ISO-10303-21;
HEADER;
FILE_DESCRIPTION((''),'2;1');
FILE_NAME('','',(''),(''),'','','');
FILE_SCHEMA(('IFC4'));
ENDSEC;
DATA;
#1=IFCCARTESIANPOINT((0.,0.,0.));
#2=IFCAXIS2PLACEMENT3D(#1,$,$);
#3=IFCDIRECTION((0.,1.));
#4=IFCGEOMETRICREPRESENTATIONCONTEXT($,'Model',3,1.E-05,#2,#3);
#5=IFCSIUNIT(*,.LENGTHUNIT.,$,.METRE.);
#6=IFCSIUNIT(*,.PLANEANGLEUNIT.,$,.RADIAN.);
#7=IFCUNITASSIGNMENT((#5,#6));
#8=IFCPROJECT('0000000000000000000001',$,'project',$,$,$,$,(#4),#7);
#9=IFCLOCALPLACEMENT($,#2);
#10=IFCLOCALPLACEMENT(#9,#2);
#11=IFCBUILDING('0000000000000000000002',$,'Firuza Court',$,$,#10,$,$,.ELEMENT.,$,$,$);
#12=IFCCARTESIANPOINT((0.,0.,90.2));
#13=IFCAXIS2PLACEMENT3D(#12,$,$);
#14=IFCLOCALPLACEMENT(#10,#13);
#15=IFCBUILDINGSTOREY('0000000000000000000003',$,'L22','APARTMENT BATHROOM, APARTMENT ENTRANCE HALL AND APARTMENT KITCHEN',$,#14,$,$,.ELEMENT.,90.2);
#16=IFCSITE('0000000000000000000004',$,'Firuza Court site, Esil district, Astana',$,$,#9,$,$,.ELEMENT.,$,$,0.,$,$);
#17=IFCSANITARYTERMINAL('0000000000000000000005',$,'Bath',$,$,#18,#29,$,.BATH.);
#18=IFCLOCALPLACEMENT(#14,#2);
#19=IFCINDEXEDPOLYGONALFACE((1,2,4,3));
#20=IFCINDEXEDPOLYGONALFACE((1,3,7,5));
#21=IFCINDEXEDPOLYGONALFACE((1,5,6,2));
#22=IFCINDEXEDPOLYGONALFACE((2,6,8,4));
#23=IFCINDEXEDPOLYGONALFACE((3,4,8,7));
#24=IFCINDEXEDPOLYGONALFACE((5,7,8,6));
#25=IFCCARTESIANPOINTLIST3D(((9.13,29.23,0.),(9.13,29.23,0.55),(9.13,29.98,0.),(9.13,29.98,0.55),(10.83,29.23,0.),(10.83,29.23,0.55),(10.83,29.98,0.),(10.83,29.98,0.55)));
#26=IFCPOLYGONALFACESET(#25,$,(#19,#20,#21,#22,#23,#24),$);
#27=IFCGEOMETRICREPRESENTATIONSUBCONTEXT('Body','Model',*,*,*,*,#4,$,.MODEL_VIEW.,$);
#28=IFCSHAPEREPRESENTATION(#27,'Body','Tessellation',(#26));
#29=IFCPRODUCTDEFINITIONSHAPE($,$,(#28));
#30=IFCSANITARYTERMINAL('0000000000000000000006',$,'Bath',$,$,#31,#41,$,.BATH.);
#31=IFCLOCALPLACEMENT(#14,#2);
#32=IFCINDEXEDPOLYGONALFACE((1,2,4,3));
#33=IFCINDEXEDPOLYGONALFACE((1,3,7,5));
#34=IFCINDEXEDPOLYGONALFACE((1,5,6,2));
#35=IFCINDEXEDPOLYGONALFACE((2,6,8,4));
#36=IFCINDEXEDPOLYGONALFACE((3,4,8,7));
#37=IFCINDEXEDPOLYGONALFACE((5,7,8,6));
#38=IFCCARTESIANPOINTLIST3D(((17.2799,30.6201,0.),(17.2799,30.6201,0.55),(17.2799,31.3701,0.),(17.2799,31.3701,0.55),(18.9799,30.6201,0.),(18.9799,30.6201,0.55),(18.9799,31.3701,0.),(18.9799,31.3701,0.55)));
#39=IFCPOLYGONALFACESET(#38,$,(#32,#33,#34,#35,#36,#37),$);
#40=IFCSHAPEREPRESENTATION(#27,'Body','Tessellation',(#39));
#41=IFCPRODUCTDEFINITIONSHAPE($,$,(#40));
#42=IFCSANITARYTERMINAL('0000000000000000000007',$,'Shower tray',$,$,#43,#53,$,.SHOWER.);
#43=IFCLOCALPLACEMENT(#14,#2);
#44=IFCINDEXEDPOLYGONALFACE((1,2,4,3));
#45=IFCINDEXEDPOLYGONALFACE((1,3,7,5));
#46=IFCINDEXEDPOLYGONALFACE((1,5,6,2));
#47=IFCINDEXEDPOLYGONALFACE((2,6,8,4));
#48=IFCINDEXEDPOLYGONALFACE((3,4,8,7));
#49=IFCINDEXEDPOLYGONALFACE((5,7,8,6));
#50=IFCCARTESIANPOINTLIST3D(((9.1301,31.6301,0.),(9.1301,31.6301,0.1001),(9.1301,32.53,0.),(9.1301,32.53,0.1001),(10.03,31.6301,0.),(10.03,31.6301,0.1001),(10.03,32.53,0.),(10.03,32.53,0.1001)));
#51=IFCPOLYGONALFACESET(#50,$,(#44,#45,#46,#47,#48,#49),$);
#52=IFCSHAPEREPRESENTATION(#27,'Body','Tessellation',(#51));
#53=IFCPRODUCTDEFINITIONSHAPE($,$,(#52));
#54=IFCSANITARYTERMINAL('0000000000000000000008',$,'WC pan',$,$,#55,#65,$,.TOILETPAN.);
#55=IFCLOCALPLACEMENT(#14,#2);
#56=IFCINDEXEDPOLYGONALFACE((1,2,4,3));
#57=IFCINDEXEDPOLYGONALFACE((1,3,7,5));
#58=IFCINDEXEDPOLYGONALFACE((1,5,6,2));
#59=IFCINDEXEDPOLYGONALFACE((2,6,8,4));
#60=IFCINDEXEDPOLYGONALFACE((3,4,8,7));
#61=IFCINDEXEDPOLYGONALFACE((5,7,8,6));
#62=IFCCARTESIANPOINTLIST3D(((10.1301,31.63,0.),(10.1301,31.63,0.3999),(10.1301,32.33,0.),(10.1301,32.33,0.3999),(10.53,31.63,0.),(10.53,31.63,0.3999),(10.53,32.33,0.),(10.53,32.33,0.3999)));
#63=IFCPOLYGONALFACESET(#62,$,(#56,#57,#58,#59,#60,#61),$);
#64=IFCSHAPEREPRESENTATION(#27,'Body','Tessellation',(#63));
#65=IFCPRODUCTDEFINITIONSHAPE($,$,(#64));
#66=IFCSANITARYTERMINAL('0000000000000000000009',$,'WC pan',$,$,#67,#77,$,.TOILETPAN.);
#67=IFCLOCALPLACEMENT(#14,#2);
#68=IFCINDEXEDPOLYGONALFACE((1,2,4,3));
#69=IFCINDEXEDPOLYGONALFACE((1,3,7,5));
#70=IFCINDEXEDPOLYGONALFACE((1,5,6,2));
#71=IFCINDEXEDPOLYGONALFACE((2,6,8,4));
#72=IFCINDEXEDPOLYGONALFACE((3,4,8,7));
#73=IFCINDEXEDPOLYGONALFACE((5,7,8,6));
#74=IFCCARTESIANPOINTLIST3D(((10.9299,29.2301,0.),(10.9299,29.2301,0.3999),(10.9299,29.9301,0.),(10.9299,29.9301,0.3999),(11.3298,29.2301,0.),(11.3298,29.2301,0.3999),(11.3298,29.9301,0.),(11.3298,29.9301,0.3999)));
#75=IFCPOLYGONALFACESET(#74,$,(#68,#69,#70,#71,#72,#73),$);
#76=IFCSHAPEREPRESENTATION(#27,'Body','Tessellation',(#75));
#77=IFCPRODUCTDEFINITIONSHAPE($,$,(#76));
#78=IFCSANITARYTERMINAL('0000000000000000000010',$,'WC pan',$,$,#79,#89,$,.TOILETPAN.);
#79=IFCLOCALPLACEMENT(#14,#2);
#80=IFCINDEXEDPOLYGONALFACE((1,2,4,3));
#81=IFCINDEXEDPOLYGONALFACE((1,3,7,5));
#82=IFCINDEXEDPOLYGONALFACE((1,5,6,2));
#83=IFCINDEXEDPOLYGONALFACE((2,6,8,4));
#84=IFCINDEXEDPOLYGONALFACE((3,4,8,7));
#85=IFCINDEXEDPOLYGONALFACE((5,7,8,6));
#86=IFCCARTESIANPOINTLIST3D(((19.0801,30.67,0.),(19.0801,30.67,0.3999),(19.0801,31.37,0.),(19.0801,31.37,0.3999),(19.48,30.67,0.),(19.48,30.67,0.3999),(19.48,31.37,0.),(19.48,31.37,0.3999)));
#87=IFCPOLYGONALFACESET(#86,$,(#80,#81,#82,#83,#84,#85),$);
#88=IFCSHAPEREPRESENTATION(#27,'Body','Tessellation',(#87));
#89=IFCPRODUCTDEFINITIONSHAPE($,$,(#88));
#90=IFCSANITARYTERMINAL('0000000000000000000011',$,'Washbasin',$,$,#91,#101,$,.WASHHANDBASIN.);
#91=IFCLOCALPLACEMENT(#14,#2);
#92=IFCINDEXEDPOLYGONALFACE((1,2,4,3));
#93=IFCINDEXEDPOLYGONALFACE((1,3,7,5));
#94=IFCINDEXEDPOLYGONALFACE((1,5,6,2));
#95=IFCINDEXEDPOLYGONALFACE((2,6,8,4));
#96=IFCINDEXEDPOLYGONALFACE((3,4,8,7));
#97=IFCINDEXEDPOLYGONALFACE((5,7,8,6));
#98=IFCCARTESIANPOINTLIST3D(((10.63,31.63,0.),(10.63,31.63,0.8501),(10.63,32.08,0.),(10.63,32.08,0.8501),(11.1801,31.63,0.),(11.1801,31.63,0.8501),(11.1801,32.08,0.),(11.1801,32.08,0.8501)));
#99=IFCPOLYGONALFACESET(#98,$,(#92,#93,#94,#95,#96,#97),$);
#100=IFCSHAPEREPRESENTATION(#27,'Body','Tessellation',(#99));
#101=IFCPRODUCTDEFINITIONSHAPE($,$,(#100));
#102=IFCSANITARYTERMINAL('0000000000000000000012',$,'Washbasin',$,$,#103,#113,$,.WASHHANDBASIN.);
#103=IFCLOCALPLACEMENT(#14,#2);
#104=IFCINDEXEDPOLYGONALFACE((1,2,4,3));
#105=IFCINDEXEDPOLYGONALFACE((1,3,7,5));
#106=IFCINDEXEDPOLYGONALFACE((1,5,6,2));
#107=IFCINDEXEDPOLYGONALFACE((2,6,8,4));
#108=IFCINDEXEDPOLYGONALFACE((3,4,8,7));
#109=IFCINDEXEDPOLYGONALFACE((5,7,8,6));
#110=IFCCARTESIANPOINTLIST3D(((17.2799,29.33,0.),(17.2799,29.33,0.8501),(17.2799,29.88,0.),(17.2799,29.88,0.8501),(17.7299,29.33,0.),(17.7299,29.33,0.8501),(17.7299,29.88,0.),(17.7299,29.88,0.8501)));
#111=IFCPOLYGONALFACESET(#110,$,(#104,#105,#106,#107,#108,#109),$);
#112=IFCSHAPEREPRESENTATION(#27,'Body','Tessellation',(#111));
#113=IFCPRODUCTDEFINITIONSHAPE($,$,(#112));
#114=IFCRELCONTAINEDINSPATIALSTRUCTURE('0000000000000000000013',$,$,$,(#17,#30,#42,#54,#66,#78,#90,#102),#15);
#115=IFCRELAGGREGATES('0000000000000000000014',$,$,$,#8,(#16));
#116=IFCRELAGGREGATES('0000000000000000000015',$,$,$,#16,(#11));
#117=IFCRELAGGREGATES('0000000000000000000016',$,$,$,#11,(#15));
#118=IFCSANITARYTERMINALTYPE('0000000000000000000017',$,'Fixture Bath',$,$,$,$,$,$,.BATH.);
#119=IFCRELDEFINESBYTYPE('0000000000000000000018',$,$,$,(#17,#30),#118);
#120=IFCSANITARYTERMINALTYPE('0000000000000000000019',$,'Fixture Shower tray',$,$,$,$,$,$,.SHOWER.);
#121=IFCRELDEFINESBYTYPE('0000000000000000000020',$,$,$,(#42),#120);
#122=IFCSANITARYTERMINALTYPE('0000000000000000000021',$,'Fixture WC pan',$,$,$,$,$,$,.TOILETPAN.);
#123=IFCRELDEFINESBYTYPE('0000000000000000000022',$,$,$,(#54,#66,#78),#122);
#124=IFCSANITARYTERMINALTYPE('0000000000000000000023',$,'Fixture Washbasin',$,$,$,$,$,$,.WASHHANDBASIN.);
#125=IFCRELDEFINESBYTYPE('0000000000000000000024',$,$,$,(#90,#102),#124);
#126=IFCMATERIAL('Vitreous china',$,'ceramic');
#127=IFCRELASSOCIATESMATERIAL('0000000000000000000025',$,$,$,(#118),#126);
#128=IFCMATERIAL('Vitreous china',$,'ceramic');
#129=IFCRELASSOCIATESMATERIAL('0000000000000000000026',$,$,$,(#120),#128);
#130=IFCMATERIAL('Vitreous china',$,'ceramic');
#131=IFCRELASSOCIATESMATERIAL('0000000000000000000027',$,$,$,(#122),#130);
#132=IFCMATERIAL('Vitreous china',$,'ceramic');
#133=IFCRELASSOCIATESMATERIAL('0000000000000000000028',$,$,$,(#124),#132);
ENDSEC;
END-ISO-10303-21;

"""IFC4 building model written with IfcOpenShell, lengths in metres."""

from ifc_helpers import new_model, si_unit, direction, frame, origin, origin_2d, place, context, subcontext, project, spatial, rectangle, extrude, material, type_object, element, save


model = new_model("IFC4")

# Units and contexts
model_context = context("Model", 3, precision=1e-05, world=origin(), true_north=direction((0.0, 1.0)))
body_context = subcontext(model_context, "Body", "Model", "MODEL_VIEW")
ifc_project = project(units=[si_unit("LENGTHUNIT", "METRE"), si_unit("PLANEANGLEUNIT", "RADIAN")], contexts=[model_context])

# Site, building, storey
site_placement = place(None, origin())
site = spatial("IfcSite", under=ifc_project, at=site_placement, Name="Firuza Court site, Esil district, Astana", CompositionType="ELEMENT", RefElevation=0.0)
building_placement = place(site_placement, origin())
building = spatial("IfcBuilding", under=site, at=building_placement, Name="Firuza Court", CompositionType="ELEMENT")
storey_placement = place(building_placement, frame((0.0, 0.0, 90.2)))
storey = spatial("IfcBuildingStorey", under=building, at=storey_placement, Name="L22", Description="APARTMENT BATHROOM, APARTMENT ENTRANCE HALL AND APARTMENT KITCHEN", CompositionType="ELEMENT", Elevation=90.2)

# Sanitary terminals
ifc_material_1 = material(Name="Vitreous china", Category="ceramic")
sanitary_terminal_type_1 = type_object("IfcSanitaryTerminalType", Name="Fixture Bath", PredefinedType="BATH", material=ifc_material_1)
for number, where, z_axis, x_axis, name in (
    (1, (9.98, 29.605, 0.0), (0.0, 0.0, 1.0), (1.0, 0.0, 0.0), "Bath"),
    (2, (18.1299, 30.9951, 0.0), (0.0, 0.0, 1.0), (1.0, 0.0, 0.0), "Bath"),
):
    element("IfcSanitaryTerminal", number, at=place(storey_placement, frame(where, z_axis=z_axis, x_axis=x_axis)), inside=storey, type_object=sanitary_terminal_type_1, Name=name, PredefinedType="BATH", context=body_context, shape_type="SweptSolid", body=[
        extrude(rectangle(XDim=1.7, YDim=0.75, at=origin_2d()), origin(), (0.0, 0.0, 1.0), 0.55),
    ])
ifc_material_2 = material(Name="Vitreous china", Category="ceramic")
sanitary_terminal_type_2 = type_object("IfcSanitaryTerminalType", Name="Fixture Shower tray", PredefinedType="SHOWER", material=ifc_material_2)
sanitary_terminal_1_placement = place(storey_placement, frame((9.5801, 32.0801, 0.0), z_axis=(0.0, 0.0, 1.0), x_axis=(1.0, 0.0, 0.0)))
element("IfcSanitaryTerminal", 3, at=sanitary_terminal_1_placement, inside=storey, type_object=sanitary_terminal_type_2, Name="Shower tray", PredefinedType="SHOWER", context=body_context, shape_type="SweptSolid", body=[
    extrude(rectangle(XDim=0.8999, YDim=0.8999, at=origin_2d()), origin(), (0.0, 0.0, 1.0), 0.1001),
])
ifc_material_3 = material(Name="Vitreous china", Category="ceramic")
sanitary_terminal_type_3 = type_object("IfcSanitaryTerminalType", Name="Fixture WC pan", PredefinedType="TOILETPAN", material=ifc_material_3)
for number, where, z_axis, x_axis, name in (
    (4, (10.3301, 31.98, 0.0), (0.0, 0.0, 1.0), (1.0, 0.0, 0.0), "WC pan"),
    (5, (11.1299, 29.5801, 0.0), (0.0, 0.0, 1.0), (1.0, 0.0, 0.0), "WC pan"),
    (6, (19.28, 31.02, 0.0), (0.0, 0.0, 1.0), (1.0, 0.0, 0.0), "WC pan"),
):
    element("IfcSanitaryTerminal", number, at=place(storey_placement, frame(where, z_axis=z_axis, x_axis=x_axis)), inside=storey, type_object=sanitary_terminal_type_3, Name=name, PredefinedType="TOILETPAN", context=body_context, shape_type="SweptSolid", body=[
        extrude(rectangle(XDim=0.3999, YDim=0.7, at=origin_2d()), origin(), (0.0, 0.0, 1.0), 0.3999),
    ])
ifc_material_4 = material(Name="Vitreous china", Category="ceramic")
sanitary_terminal_type_4 = type_object("IfcSanitaryTerminalType", Name="Fixture Washbasin", PredefinedType="WASHHANDBASIN", material=ifc_material_4)
sanitary_terminal_2_placement = place(storey_placement, frame((10.905, 31.855, 0.0), z_axis=(0.0, 0.0, 1.0), x_axis=(1.0, 0.0, 0.0)))
element("IfcSanitaryTerminal", 7, at=sanitary_terminal_2_placement, inside=storey, type_object=sanitary_terminal_type_4, Name="Washbasin", PredefinedType="WASHHANDBASIN", context=body_context, shape_type="SweptSolid", body=[
    extrude(rectangle(XDim=0.55, YDim=0.45, at=origin_2d()), origin(), (0.0, 0.0, 1.0), 0.8501),
])
sanitary_terminal_3_placement = place(storey_placement, frame((17.5049, 29.605, 0.0), z_axis=(0.0, 0.0, 1.0), x_axis=(1.0, 0.0, 0.0)))
element("IfcSanitaryTerminal", 8, at=sanitary_terminal_3_placement, inside=storey, type_object=sanitary_terminal_type_4, Name="Washbasin", PredefinedType="WASHHANDBASIN", context=body_context, shape_type="SweptSolid", body=[
    extrude(rectangle(XDim=0.45, YDim=0.55, at=origin_2d()), origin(), (0.0, 0.0, 1.0), 0.8501),
])

save(model, "model.ifc")
